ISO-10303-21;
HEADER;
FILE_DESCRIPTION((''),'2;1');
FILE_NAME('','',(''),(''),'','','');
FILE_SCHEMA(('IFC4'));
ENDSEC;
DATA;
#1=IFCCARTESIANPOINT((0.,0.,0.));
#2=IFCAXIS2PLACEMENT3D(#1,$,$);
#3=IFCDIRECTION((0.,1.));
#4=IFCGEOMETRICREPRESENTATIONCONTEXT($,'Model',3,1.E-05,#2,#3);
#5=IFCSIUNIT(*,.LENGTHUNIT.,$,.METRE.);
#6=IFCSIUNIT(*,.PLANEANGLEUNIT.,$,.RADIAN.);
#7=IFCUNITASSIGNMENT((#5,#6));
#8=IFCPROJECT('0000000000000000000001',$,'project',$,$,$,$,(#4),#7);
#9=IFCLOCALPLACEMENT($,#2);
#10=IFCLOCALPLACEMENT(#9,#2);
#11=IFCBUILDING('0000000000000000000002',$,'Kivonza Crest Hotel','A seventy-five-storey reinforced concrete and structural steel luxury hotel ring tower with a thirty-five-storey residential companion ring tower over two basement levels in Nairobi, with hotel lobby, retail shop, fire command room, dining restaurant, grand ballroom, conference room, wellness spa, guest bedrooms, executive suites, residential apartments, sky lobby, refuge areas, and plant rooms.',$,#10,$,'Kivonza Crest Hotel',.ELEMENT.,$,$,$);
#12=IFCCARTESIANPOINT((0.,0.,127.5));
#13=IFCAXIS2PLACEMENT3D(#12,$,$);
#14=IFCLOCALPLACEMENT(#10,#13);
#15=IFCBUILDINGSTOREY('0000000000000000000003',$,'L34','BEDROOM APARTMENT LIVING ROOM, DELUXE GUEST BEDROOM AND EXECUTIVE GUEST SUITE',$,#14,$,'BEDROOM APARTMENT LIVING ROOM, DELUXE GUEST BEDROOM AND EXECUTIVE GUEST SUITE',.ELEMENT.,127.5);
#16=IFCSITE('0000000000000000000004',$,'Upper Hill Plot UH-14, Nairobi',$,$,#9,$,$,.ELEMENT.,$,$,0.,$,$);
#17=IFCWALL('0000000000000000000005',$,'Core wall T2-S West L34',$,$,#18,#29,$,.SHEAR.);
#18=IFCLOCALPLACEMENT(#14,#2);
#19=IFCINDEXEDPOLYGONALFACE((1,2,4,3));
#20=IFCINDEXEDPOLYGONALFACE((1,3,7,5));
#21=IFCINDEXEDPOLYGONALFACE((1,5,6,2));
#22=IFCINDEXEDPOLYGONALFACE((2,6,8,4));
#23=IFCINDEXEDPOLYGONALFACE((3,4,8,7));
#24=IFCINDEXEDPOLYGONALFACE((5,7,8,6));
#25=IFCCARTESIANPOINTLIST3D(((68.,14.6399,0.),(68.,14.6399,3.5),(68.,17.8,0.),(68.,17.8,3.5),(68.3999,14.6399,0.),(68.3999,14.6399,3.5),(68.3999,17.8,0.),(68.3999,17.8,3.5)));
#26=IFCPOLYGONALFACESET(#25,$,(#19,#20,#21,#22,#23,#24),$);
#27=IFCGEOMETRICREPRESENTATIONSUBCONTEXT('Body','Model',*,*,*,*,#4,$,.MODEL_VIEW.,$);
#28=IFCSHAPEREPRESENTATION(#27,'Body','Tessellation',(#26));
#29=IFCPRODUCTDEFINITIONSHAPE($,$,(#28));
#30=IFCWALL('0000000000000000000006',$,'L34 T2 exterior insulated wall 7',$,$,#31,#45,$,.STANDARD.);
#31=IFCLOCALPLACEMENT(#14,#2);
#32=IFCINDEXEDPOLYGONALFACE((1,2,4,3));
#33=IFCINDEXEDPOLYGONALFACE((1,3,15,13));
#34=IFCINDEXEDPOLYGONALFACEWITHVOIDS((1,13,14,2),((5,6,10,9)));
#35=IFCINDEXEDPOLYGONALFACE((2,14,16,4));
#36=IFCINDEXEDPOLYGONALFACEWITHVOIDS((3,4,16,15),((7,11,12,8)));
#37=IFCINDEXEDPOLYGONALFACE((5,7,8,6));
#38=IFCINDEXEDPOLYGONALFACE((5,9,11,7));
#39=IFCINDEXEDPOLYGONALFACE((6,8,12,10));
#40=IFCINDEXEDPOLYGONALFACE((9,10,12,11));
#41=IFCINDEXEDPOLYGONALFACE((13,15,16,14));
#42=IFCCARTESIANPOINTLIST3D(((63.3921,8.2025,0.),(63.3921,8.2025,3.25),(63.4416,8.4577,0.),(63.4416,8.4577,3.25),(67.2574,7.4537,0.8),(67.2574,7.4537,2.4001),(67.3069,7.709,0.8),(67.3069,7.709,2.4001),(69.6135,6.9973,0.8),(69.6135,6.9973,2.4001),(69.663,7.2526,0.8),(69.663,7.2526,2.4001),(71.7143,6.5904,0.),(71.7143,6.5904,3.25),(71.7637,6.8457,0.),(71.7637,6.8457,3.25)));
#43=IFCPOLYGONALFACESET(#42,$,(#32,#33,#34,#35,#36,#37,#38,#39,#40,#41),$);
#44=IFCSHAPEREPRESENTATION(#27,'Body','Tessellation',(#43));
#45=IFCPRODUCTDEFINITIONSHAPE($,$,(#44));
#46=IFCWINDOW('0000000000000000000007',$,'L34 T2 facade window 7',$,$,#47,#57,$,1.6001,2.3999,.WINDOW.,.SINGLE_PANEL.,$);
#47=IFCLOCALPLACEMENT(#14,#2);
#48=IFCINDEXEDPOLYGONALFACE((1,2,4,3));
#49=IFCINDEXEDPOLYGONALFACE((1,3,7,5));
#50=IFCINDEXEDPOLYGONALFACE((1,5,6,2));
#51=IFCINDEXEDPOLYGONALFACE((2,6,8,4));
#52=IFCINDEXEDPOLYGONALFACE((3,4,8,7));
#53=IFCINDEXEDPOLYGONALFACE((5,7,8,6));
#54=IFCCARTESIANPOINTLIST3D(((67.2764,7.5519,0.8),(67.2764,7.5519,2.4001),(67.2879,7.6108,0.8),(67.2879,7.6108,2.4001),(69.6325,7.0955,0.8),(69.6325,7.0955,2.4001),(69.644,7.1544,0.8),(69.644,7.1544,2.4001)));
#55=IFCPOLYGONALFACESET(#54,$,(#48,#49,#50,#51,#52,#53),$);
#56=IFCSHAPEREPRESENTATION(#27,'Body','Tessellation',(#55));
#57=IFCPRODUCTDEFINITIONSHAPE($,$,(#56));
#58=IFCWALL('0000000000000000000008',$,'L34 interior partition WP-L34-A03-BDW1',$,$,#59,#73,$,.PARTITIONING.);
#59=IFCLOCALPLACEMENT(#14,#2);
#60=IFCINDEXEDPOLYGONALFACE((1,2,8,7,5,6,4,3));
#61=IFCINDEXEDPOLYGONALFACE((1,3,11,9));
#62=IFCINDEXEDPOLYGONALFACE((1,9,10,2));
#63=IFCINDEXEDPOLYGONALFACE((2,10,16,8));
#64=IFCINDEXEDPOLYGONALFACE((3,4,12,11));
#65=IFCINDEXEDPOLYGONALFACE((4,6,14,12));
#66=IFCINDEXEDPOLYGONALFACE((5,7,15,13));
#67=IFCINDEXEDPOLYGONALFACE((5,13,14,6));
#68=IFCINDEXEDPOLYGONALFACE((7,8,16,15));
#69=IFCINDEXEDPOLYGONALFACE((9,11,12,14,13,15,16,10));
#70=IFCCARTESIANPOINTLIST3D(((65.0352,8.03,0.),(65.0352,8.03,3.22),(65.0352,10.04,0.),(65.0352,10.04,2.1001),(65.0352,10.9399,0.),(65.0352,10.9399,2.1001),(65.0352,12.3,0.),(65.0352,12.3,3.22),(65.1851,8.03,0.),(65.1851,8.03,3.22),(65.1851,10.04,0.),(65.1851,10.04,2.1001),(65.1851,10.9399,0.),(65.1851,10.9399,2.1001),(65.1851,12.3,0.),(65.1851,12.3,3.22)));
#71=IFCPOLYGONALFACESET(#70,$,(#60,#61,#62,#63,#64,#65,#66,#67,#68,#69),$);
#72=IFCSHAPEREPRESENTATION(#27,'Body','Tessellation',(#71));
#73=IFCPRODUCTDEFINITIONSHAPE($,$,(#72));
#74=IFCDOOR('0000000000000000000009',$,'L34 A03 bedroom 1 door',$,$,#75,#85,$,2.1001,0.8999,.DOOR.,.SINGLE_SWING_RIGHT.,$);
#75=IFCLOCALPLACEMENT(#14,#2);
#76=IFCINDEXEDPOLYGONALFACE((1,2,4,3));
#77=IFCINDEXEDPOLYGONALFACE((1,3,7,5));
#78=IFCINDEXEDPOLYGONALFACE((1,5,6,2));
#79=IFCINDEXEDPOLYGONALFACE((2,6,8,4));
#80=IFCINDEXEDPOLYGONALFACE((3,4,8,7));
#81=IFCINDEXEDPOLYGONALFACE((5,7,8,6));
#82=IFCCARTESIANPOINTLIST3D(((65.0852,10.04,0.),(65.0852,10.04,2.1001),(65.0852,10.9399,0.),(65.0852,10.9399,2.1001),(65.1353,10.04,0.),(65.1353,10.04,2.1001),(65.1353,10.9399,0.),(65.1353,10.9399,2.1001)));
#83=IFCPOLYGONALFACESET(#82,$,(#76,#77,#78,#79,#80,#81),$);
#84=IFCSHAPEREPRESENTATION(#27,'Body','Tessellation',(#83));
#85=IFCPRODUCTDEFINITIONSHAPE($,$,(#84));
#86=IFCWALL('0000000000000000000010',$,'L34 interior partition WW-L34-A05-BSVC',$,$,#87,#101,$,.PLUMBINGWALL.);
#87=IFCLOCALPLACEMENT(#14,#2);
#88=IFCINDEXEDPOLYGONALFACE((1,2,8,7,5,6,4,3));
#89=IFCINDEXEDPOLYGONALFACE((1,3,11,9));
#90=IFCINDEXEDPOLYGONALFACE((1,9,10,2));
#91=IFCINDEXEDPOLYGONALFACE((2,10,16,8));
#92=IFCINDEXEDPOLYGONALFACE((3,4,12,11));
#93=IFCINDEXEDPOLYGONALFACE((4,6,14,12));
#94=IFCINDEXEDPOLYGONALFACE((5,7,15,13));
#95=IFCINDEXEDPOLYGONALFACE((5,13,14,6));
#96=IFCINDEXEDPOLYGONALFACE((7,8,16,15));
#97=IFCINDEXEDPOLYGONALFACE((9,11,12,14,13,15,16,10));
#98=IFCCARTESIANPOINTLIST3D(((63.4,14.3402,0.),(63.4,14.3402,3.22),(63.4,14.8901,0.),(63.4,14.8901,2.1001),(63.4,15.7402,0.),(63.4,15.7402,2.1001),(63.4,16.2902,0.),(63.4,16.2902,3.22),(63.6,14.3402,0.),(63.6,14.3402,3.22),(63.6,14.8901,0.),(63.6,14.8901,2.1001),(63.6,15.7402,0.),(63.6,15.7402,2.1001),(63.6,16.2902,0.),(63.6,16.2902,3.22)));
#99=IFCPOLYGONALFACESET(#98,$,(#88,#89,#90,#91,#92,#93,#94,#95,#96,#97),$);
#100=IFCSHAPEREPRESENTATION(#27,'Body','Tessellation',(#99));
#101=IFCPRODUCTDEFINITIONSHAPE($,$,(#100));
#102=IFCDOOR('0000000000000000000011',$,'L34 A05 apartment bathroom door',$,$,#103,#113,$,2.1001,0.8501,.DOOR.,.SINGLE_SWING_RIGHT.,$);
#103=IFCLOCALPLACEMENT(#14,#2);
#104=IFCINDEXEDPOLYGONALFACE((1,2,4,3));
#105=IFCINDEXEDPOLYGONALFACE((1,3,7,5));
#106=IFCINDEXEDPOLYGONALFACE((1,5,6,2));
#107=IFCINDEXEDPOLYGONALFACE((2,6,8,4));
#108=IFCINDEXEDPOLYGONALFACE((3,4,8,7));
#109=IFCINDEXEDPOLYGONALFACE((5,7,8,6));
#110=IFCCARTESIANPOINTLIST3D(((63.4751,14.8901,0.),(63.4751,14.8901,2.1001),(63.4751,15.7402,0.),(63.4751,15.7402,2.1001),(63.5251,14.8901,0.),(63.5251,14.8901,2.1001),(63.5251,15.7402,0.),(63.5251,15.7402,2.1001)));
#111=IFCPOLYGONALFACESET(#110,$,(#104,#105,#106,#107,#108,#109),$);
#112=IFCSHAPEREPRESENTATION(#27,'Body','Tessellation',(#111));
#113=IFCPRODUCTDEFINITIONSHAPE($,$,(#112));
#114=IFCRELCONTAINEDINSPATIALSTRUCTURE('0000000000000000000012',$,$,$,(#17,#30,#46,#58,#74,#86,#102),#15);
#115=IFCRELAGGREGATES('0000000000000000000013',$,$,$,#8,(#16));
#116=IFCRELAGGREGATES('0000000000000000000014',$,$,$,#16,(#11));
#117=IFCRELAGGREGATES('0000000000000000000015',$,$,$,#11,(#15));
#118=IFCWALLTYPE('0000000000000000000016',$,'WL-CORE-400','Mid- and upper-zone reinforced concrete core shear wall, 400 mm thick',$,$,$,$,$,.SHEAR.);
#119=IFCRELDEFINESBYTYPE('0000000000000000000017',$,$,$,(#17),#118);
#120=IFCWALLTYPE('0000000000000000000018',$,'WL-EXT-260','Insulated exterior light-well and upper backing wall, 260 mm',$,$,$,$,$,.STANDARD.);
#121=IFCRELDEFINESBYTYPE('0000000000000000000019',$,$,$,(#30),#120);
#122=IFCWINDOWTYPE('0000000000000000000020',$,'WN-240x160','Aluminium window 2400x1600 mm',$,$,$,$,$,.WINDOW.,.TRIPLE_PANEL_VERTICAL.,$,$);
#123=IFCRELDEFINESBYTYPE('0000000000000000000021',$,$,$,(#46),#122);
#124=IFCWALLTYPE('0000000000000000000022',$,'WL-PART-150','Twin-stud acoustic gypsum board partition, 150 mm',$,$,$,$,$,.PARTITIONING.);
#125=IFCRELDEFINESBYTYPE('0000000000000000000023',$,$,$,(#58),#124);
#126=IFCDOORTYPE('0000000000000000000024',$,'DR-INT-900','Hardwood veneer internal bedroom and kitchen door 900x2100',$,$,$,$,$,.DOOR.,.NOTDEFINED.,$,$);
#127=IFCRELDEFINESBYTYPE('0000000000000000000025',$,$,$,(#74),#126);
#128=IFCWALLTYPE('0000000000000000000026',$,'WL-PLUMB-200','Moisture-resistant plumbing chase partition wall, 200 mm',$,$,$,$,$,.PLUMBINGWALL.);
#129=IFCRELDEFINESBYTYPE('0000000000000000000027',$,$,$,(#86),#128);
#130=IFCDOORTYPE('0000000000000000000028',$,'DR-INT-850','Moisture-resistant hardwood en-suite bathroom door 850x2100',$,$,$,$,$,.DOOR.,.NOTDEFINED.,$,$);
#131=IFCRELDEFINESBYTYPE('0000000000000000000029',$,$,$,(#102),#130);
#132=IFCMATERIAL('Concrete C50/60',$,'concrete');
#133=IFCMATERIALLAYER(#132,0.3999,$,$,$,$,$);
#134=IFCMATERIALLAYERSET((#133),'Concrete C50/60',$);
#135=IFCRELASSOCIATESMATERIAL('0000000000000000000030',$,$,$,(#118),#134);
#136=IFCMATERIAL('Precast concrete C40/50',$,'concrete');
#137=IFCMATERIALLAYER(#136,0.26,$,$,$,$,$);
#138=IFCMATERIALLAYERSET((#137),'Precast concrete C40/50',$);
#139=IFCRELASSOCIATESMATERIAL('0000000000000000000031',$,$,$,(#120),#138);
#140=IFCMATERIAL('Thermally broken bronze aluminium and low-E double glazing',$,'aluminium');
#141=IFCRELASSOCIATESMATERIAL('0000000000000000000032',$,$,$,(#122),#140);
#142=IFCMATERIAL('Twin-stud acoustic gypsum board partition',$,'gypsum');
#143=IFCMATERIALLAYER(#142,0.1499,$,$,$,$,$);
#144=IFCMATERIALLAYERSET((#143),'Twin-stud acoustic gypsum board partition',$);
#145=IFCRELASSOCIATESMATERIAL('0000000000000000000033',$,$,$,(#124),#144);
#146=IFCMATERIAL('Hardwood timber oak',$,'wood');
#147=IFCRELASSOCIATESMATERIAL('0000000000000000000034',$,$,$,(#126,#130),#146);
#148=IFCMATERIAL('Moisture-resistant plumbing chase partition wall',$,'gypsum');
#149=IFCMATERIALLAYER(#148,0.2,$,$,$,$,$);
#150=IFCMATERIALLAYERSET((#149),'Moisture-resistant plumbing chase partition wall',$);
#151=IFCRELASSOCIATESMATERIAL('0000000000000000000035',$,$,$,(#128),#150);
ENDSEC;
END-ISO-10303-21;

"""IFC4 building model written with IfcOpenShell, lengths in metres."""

from ifc_helpers import new_model, si_unit, direction, frame, frame_2d, origin, place, context, subcontext, project, spatial, rectangle, extrude, material, layer, layer_set, type_object, element, fill, save


model = new_model("IFC4")

# Units and contexts
model_context = context("Model", 3, precision=1e-05, world=origin(), true_north=direction((0.0, 1.0)))
body_context = subcontext(model_context, "Body", "Model", "MODEL_VIEW")
ifc_project = project(units=[si_unit("LENGTHUNIT", "METRE"), si_unit("PLANEANGLEUNIT", "RADIAN")], contexts=[model_context])

# Site, building, storey
site_placement = place(None, origin())
site = spatial("IfcSite", under=ifc_project, at=site_placement, Name="Upper Hill Plot UH-14, Nairobi", CompositionType="ELEMENT", RefElevation=0.0)
building_placement = place(site_placement, origin())
building = spatial("IfcBuilding", under=site, at=building_placement, Name="Kivonza Crest Hotel", Description="A seventy-five-storey reinforced concrete and structural steel luxury hotel ring tower with a thirty-five-storey residential companion ring tower over two basement levels in Nairobi, with hotel lobby, retail shop, fire command room, dining restaurant, grand ballroom, conference room, wellness spa, guest bedrooms, executive suites, residential apartments, sky lobby, refuge areas, and plant rooms.", LongName="Kivonza Crest Hotel", CompositionType="ELEMENT")
storey_placement = place(building_placement, frame((0.0, 0.0, 127.5)))
storey = spatial("IfcBuildingStorey", under=building, at=storey_placement, Name="L34", Description="BEDROOM APARTMENT LIVING ROOM, DELUXE GUEST BEDROOM AND EXECUTIVE GUEST SUITE", LongName="BEDROOM APARTMENT LIVING ROOM, DELUXE GUEST BEDROOM AND EXECUTIVE GUEST SUITE", CompositionType="ELEMENT", Elevation=127.5)

# Shared definitions
ifc_material_1 = material(Name="Concrete C50/60", Category="concrete")

# Shared definitions
ifc_material_2 = material(Name="Hardwood timber oak", Category="wood")

# Shared definitions
ifc_layer_1 = layer(ifc_material_1, 0.3999)
ifc_layer_set_1 = layer_set([ifc_layer_1], Name="Concrete C50/60")
wall_type_1 = type_object("IfcWallType", Name="WL-CORE-400", Description="Mid- and upper-zone reinforced concrete core shear wall, 400 mm thick", PredefinedType="SHEAR", material=ifc_layer_set_1)

# Wall
wall_1_placement = place(storey_placement, frame((68.2, 14.6399, 0.0), z_axis=(0.0, 0.0, 1.0), x_axis=(0.0, 1.0, 0.0)))
element("IfcWall", 1, at=wall_1_placement, inside=storey, type_object=wall_type_1, Name="Core wall T2-S West L34", PredefinedType="SHEAR", context=body_context, shape_type="SweptSolid", body=[
    extrude(rectangle(XDim=3.1602, YDim=0.3999, at=frame_2d((1.5801, 0.0))), origin(), (0.0, 0.0, 1.0), 3.5),
])

# Wall, opening, window
ifc_material_3 = material(Name="Precast concrete C40/50", Category="concrete")
ifc_layer_2 = layer(ifc_material_3, 0.26)
ifc_layer_set_2 = layer_set([ifc_layer_2], Name="Precast concrete C40/50")
wall_type_2 = type_object("IfcWallType", Name="WL-EXT-260", Description="Insulated exterior light-well and upper backing wall, 260 mm", PredefinedType="STANDARD", material=ifc_layer_set_2)
wall_2_placement = place(storey_placement, frame((63.417, 8.3301, 0.0), z_axis=(0.0, 0.0, 1.0), x_axis=(0.98175, -0.190175, 0.0)))
wall_2 = element("IfcWall", 2, at=wall_2_placement, inside=storey, type_object=wall_type_2, Name="L34 T2 exterior insulated wall 7", PredefinedType="STANDARD", context=body_context, shape_type="SweptSolid", body=[
    extrude(rectangle(XDim=8.4768, YDim=0.26, at=frame_2d((4.2383, 0.0))), origin(), (0.0, 0.0, 1.0), 3.25),
])
opening_1_placement = place(wall_2_placement, frame((3.937, 0.0, 0.8)))
opening_1 = element("IfcOpeningElement", 3, at=opening_1_placement, cuts=wall_2, PredefinedType="OPENING", context=body_context, shape_type="SweptSolid", body=[
    extrude(rectangle(XDim=2.3999, YDim=1.6001, at=frame_2d((1.2, 0.8))), frame((0.0, 0.1401, 0.0), z_axis=(0.0, -1.0, 0.0), x_axis=(1.0, 0.0, 0.0)), (0.0, 0.0, 1.0), 0.28),
])
ifc_material_4 = material(Name="Thermally broken bronze aluminium and low-E double glazing", Category="aluminium")
window_type = type_object("IfcWindowType", Name="WN-240x160", Description="Aluminium window 2400x1600 mm", PartitioningType="TRIPLE_PANEL_VERTICAL", PredefinedType="WINDOW", material=ifc_material_4)
window_placement = place(opening_1_placement, origin())
window = element("IfcWindow", 4, at=window_placement, inside=storey, type_object=window_type, Name="L34 T2 facade window 7", OverallHeight=1.6001, OverallWidth=2.3999, PartitioningType="SINGLE_PANEL", PredefinedType="WINDOW", context=body_context, shape_type="SweptSolid", body=[
    extrude(rectangle(XDim=2.3999, YDim=1.6001, at=frame_2d((1.2, 0.8))), frame((0.0, 0.03, 0.0), z_axis=(0.0, -1.0, 0.0), x_axis=(1.0, 0.0, 0.0)), (0.0, 0.0, 1.0), 0.0601),
])
fill(opening_1, window)

# Walls, openings, doors
ifc_material_5 = material(Name="Twin-stud acoustic gypsum board partition", Category="gypsum")
ifc_layer_3 = layer(ifc_material_5, 0.1499)
ifc_layer_set_3 = layer_set([ifc_layer_3], Name="Twin-stud acoustic gypsum board partition")
wall_type_3 = type_object("IfcWallType", Name="WL-PART-150", Description="Twin-stud acoustic gypsum board partition, 150 mm", PredefinedType="PARTITIONING", material=ifc_layer_set_3)
wall_3_placement = place(storey_placement, frame((65.1101, 8.03, 0.0), z_axis=(0.0, 0.0, 1.0), x_axis=(0.0, 1.0, 0.0)))
wall_3 = element("IfcWall", 5, at=wall_3_placement, inside=storey, type_object=wall_type_3, Name="L34 interior partition WP-L34-A03-BDW1", PredefinedType="PARTITIONING", context=body_context, shape_type="SweptSolid", body=[
    extrude(rectangle(XDim=4.27, YDim=0.1499, at=frame_2d((2.135, 0.0))), origin(), (0.0, 0.0, 1.0), 3.22),
])
opening_2_placement = place(wall_3_placement, frame((2.01, 0.0, 0.0)))
opening_2 = element("IfcOpeningElement", 6, at=opening_2_placement, cuts=wall_3, PredefinedType="OPENING", context=body_context, shape_type="SweptSolid", body=[
    extrude(rectangle(XDim=0.8999, YDim=2.1001, at=frame_2d((0.45, 1.05))), frame((0.0, 0.085, 0.0), z_axis=(0.0, -1.0, 0.0), x_axis=(1.0, 0.0, 0.0)), (0.0, 0.0, 1.0), 0.1699),
])
door_type_1 = type_object("IfcDoorType", Name="DR-INT-900", Description="Hardwood veneer internal bedroom and kitchen door 900x2100", OperationType="NOTDEFINED", PredefinedType="DOOR", material=ifc_material_2)
door_1_placement = place(opening_2_placement, origin())
door_1 = element("IfcDoor", 7, at=door_1_placement, inside=storey, type_object=door_type_1, Name="L34 A03 bedroom 1 door", OperationType="SINGLE_SWING_RIGHT", OverallHeight=2.1001, OverallWidth=0.8999, PredefinedType="DOOR", context=body_context, shape_type="SweptSolid", body=[
    extrude(rectangle(XDim=0.8999, YDim=2.1001, at=frame_2d((0.45, 1.05))), frame((0.0, 0.0249, 0.0), z_axis=(0.0, -1.0, 0.0), x_axis=(1.0, 0.0, 0.0)), (0.0, 0.0, 1.0), 0.05),
])
fill(opening_2, door_1)
ifc_material_6 = material(Name="Moisture-resistant plumbing chase partition wall", Category="gypsum")
ifc_layer_4 = layer(ifc_material_6, 0.2)
ifc_layer_set_4 = layer_set([ifc_layer_4], Name="Moisture-resistant plumbing chase partition wall")
wall_type_4 = type_object("IfcWallType", Name="WL-PLUMB-200", Description="Moisture-resistant plumbing chase partition wall, 200 mm", PredefinedType="PLUMBINGWALL", material=ifc_layer_set_4)
wall_4_placement = place(storey_placement, frame((63.5, 14.3401, 0.0), z_axis=(0.0, 0.0, 1.0), x_axis=(0.0, 1.0, 0.0)))
wall_4 = element("IfcWall", 8, at=wall_4_placement, inside=storey, type_object=wall_type_4, Name="L34 interior partition WW-L34-A05-BSVC", PredefinedType="PLUMBINGWALL", context=body_context, shape_type="SweptSolid", body=[
    extrude(rectangle(XDim=1.95, YDim=0.2, at=frame_2d((0.9751, 0.0))), origin(), (0.0, 0.0, 1.0), 3.22),
])
opening_3_placement = place(wall_4_placement, frame((0.55, 0.0, 0.0)))
opening_3 = element("IfcOpeningElement", 9, at=opening_3_placement, cuts=wall_4, PredefinedType="OPENING", context=body_context, shape_type="SweptSolid", body=[
    extrude(rectangle(XDim=0.8501, YDim=2.1001, at=frame_2d((0.425, 1.05))), frame((0.0, 0.1099, 0.0), z_axis=(0.0, -1.0, 0.0), x_axis=(1.0, 0.0, 0.0)), (0.0, 0.0, 1.0), 0.22),
])
door_type_2 = type_object("IfcDoorType", Name="DR-INT-850", Description="Moisture-resistant hardwood en-suite bathroom door 850x2100", OperationType="NOTDEFINED", PredefinedType="DOOR", material=ifc_material_2)
door_2_placement = place(opening_3_placement, origin())
door_2 = element("IfcDoor", 10, at=door_2_placement, inside=storey, type_object=door_type_2, Name="L34 A05 apartment bathroom door", OperationType="SINGLE_SWING_RIGHT", OverallHeight=2.1001, OverallWidth=0.8501, PredefinedType="DOOR", context=body_context, shape_type="SweptSolid", body=[
    extrude(rectangle(XDim=0.8501, YDim=2.1001, at=frame_2d((0.425, 1.05))), frame((0.0, 0.0249, 0.0), z_axis=(0.0, -1.0, 0.0), x_axis=(1.0, 0.0, 0.0)), (0.0, 0.0, 1.0), 0.05),
])
fill(opening_3, door_2)

save(model, "model.ifc")
